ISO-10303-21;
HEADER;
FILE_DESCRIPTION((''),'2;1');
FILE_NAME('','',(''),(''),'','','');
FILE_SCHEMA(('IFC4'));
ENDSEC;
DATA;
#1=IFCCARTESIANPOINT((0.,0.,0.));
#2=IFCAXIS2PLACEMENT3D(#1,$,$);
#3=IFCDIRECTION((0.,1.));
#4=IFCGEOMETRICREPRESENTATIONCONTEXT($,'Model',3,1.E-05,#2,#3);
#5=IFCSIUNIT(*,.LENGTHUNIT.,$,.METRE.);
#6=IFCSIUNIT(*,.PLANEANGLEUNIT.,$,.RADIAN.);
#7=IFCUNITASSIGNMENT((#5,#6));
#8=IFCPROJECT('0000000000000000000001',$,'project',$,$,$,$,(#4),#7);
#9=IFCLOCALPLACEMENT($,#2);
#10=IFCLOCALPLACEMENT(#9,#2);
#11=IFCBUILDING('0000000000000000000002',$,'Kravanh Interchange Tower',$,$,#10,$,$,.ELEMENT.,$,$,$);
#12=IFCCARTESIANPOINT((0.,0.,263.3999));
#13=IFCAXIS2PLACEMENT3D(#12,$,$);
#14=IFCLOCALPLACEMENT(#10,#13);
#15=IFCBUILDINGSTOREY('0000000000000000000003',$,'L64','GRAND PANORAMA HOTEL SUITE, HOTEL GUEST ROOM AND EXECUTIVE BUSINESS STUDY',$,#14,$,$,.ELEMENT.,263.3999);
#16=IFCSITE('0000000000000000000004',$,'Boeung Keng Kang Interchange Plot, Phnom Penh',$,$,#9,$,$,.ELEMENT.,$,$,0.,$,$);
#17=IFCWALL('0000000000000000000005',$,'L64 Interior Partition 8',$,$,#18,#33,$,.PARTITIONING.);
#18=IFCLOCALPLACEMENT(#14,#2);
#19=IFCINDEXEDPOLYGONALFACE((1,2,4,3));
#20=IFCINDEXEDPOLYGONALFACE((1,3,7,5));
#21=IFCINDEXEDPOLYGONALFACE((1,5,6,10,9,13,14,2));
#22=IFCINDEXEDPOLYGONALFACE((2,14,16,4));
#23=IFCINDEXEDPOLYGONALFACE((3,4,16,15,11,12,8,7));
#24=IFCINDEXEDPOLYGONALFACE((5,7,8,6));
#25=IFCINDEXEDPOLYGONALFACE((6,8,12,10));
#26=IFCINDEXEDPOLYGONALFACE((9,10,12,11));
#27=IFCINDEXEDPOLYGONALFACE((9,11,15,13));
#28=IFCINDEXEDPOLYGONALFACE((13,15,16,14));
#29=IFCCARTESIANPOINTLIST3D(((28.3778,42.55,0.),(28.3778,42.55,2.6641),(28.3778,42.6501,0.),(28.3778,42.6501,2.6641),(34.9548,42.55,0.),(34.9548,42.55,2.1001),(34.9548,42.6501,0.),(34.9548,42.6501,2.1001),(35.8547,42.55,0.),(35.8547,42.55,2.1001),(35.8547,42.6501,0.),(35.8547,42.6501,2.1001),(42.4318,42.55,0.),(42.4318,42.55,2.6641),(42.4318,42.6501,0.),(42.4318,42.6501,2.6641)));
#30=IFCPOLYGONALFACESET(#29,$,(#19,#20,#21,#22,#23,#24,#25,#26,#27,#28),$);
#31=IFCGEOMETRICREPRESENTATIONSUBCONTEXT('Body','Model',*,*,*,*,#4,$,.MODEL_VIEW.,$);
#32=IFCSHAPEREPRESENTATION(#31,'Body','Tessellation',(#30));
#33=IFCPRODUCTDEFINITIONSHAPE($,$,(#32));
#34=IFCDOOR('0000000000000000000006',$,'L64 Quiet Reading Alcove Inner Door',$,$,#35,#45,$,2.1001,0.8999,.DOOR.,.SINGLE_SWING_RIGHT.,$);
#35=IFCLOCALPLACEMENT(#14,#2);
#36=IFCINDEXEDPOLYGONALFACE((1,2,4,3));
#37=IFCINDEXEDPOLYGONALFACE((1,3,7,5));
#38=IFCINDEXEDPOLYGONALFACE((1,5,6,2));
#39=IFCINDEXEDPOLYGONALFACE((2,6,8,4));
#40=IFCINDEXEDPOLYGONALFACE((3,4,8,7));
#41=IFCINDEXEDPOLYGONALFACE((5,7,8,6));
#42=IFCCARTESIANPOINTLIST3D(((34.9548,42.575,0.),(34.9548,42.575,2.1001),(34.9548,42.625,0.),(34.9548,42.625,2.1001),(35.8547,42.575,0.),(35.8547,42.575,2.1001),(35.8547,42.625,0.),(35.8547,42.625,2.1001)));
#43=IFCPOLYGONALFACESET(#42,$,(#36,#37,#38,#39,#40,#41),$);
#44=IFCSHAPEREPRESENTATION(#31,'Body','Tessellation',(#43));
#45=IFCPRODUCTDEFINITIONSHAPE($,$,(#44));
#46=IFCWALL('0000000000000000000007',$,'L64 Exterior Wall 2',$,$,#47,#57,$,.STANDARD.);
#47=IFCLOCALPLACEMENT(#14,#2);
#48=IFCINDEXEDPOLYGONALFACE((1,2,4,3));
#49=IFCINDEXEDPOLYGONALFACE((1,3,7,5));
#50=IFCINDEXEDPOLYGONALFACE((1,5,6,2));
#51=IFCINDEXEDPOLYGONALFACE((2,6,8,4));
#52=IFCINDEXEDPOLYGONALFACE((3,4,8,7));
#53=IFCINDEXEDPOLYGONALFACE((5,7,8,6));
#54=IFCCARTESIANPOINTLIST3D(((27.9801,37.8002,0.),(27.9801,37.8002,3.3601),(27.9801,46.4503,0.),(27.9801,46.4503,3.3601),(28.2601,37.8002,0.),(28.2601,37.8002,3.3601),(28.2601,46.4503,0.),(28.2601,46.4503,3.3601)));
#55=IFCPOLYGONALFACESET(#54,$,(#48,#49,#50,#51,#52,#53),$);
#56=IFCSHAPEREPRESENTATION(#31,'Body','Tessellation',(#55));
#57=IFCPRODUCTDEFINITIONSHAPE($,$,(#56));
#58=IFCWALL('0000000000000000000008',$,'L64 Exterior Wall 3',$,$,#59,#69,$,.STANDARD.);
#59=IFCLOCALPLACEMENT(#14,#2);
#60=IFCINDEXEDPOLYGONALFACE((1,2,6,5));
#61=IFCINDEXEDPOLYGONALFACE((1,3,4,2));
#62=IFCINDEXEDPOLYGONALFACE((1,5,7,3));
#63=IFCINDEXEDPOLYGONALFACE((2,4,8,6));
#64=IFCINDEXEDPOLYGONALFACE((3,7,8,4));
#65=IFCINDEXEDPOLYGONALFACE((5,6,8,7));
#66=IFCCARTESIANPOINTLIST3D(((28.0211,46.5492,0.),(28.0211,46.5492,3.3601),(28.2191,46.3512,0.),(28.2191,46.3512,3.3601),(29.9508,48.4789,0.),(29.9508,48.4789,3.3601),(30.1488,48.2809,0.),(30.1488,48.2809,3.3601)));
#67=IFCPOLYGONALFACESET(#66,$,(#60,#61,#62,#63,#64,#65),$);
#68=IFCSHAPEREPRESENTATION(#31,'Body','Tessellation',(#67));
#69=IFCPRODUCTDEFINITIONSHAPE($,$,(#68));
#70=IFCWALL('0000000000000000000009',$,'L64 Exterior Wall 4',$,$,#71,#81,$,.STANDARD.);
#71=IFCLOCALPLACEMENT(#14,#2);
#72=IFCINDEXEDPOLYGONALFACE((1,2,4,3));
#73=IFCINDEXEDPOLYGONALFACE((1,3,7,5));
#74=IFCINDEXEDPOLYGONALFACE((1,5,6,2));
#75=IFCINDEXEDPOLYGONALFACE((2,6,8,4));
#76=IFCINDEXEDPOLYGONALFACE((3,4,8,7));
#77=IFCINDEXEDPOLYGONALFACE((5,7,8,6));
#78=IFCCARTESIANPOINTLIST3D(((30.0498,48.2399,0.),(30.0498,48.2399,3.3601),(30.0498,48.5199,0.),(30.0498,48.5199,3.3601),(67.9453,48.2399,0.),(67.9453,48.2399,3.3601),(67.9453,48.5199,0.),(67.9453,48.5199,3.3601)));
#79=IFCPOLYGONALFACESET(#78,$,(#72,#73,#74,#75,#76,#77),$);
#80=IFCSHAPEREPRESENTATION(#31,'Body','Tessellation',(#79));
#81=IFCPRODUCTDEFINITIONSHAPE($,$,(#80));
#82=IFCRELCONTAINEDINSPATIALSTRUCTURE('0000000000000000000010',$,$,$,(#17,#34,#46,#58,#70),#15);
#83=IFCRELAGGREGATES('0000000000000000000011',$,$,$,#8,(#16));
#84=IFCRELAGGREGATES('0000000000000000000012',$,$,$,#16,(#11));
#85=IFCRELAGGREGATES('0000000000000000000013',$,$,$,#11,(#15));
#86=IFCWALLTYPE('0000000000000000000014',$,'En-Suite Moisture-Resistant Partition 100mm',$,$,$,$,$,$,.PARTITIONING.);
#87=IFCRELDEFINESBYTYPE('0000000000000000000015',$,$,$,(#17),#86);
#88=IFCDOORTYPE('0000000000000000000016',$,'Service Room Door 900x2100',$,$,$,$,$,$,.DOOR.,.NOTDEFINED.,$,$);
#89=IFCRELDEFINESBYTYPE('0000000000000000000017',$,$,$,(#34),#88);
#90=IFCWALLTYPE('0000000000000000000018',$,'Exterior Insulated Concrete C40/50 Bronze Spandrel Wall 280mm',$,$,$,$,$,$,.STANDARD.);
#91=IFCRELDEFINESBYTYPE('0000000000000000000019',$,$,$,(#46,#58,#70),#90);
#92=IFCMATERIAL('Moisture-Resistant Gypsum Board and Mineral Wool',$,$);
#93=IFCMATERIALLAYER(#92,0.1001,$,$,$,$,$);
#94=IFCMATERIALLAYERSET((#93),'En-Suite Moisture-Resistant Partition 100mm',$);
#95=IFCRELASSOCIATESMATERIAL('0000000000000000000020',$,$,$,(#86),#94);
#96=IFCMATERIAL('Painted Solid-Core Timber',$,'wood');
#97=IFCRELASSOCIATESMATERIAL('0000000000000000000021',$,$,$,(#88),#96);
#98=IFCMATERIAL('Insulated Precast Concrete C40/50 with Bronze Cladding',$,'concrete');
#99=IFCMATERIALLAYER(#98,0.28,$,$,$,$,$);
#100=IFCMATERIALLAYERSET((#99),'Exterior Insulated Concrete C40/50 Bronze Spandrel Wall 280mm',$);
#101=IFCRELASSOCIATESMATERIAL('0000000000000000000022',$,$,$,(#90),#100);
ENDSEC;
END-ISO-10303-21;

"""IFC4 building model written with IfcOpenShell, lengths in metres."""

from ifc_helpers import new_model, si_unit, direction, frame, frame_2d, origin, place, context, subcontext, project, spatial, rectangle, extrude, material, layer, layer_set, type_object, element, fill, save


model = new_model("IFC4")

# Units and contexts
model_context = context("Model", 3, precision=1e-05, world=origin(), true_north=direction((0.0, 1.0)))
body_context = subcontext(model_context, "Body", "Model", "MODEL_VIEW")
ifc_project = project(units=[si_unit("LENGTHUNIT", "METRE"), si_unit("PLANEANGLEUNIT", "RADIAN")], contexts=[model_context])

# Site, building, storey
site_placement = place(None, origin())
site = spatial("IfcSite", under=ifc_project, at=site_placement, Name="Boeung Keng Kang Interchange Plot, Phnom Penh", CompositionType="ELEMENT", RefElevation=0.0)
building_placement = place(site_placement, origin())
building = spatial("IfcBuilding", under=site, at=building_placement, Name="Kravanh Interchange Tower", CompositionType="ELEMENT")
storey_placement = place(building_placement, frame((0.0, 0.0, 263.3999)))
storey = spatial("IfcBuildingStorey", under=building, at=storey_placement, Name="L64", Description="GRAND PANORAMA HOTEL SUITE, HOTEL GUEST ROOM AND EXECUTIVE BUSINESS STUDY", CompositionType="ELEMENT", Elevation=263.3999)

# Wall, opening, door
ifc_material_1 = material(Name="Moisture-Resistant Gypsum Board and Mineral Wool")
ifc_layer_1 = layer(ifc_material_1, 0.1001)
ifc_layer_set_1 = layer_set([ifc_layer_1], Name="En-Suite Moisture-Resistant Partition 100mm")
wall_type_1 = type_object("IfcWallType", Name="En-Suite Moisture-Resistant Partition 100mm", PredefinedType="PARTITIONING", material=ifc_layer_set_1)
wall_1_placement = place(storey_placement, frame((28.3779, 42.6001, 0.0), z_axis=(0.0, 0.0, 1.0), x_axis=(1.0, 0.0, 0.0)))
wall_1 = element("IfcWall", 1, at=wall_1_placement, inside=storey, type_object=wall_type_1, Name="L64 Interior Partition 8", PredefinedType="PARTITIONING", context=body_context, shape_type="SweptSolid", body=[
    extrude(rectangle(XDim=14.054, YDim=0.1001, at=frame_2d((7.0269, 0.0))), origin(), (0.0, 0.0, 1.0), 2.6641),
])
opening_1_placement = place(wall_1_placement, frame((6.5769, 0.0, 0.0)))
opening_1 = element("IfcOpeningElement", 2, at=opening_1_placement, cuts=wall_1, PredefinedType="OPENING", context=body_context, shape_type="SweptSolid", body=[
    extrude(rectangle(XDim=0.8999, YDim=2.1001, at=frame_2d((0.45, 1.05))), frame((0.0, 0.0601, 0.0), z_axis=(0.0, -1.0, 0.0), x_axis=(1.0, 0.0, 0.0)), (0.0, 0.0, 1.0), 0.1201),
])
ifc_material_2 = material(Name="Painted Solid-Core Timber", Category="wood")
door_type_1 = type_object("IfcDoorType", Name="Service Room Door 900x2100", OperationType="NOTDEFINED", PredefinedType="DOOR", material=ifc_material_2)
door_1_placement = place(opening_1_placement, origin())
door_1 = element("IfcDoor", 3, at=door_1_placement, inside=storey, type_object=door_type_1, Name="L64 Quiet Reading Alcove Inner Door", OperationType="SINGLE_SWING_RIGHT", OverallHeight=2.1001, OverallWidth=0.8999, PredefinedType="DOOR", context=body_context, shape_type="SweptSolid", body=[
    extrude(rectangle(XDim=0.8999, YDim=2.1001, at=frame_2d((0.45, 1.05))), frame((0.0, 0.0249, 0.0), z_axis=(0.0, -1.0, 0.0), x_axis=(1.0, 0.0, 0.0)), (0.0, 0.0, 1.0), 0.05),
])
fill(opening_1, door_1)

# Walls
ifc_material_3 = material(Name="Insulated Precast Concrete C40/50 with Bronze Cladding", Category="concrete")
ifc_layer_2 = layer(ifc_material_3, 0.28)
ifc_layer_set_2 = layer_set([ifc_layer_2], Name="Exterior Insulated Concrete C40/50 Bronze Spandrel Wall 280mm")
wall_type_2 = type_object("IfcWallType", Name="Exterior Insulated Concrete C40/50 Bronze Spandrel Wall 280mm", PredefinedType="STANDARD", material=ifc_layer_set_2)
wall_2_placement = place(storey_placement, frame((28.1201, 37.8, 0.0), z_axis=(0.0, 0.0, 1.0), x_axis=(0.0, 1.0, 0.0)))
element("IfcWall", 4, at=wall_2_placement, inside=storey, type_object=wall_type_2, Name="L64 Exterior Wall 2", PredefinedType="STANDARD", context=body_context, shape_type="SweptSolid", body=[
    extrude(rectangle(XDim=8.6501, YDim=0.28, at=frame_2d((4.3252, 0.0))), origin(), (0.0, 0.0, 1.0), 3.3601),
])
wall_3_placement = place(storey_placement, frame((28.1201, 46.4502, 0.0), z_axis=(0.0, 0.0, 1.0), x_axis=(0.707107, 0.707107, 0.0)))
element("IfcWall", 5, at=wall_3_placement, inside=storey, type_object=wall_type_2, Name="L64 Exterior Wall 3", PredefinedType="STANDARD", context=body_context, shape_type="SweptSolid", body=[
    extrude(rectangle(XDim=2.729, YDim=0.28, at=frame_2d((1.3645, 0.0))), origin(), (0.0, 0.0, 1.0), 3.3601),
])
wall_4_placement = place(storey_placement, frame((30.0498, 48.3799, 0.0), z_axis=(0.0, 0.0, 1.0), x_axis=(1.0, 0.0, 0.0)))
element("IfcWall", 6, at=wall_4_placement, inside=storey, type_object=wall_type_2, Name="L64 Exterior Wall 4", PredefinedType="STANDARD", context=body_context, shape_type="SweptSolid", body=[
    extrude(rectangle(XDim=37.8955, YDim=0.28, at=frame_2d((18.9478, 0.0))), origin(), (0.0, 0.0, 1.0), 3.3601),
])

save(model, "model.ifc")
